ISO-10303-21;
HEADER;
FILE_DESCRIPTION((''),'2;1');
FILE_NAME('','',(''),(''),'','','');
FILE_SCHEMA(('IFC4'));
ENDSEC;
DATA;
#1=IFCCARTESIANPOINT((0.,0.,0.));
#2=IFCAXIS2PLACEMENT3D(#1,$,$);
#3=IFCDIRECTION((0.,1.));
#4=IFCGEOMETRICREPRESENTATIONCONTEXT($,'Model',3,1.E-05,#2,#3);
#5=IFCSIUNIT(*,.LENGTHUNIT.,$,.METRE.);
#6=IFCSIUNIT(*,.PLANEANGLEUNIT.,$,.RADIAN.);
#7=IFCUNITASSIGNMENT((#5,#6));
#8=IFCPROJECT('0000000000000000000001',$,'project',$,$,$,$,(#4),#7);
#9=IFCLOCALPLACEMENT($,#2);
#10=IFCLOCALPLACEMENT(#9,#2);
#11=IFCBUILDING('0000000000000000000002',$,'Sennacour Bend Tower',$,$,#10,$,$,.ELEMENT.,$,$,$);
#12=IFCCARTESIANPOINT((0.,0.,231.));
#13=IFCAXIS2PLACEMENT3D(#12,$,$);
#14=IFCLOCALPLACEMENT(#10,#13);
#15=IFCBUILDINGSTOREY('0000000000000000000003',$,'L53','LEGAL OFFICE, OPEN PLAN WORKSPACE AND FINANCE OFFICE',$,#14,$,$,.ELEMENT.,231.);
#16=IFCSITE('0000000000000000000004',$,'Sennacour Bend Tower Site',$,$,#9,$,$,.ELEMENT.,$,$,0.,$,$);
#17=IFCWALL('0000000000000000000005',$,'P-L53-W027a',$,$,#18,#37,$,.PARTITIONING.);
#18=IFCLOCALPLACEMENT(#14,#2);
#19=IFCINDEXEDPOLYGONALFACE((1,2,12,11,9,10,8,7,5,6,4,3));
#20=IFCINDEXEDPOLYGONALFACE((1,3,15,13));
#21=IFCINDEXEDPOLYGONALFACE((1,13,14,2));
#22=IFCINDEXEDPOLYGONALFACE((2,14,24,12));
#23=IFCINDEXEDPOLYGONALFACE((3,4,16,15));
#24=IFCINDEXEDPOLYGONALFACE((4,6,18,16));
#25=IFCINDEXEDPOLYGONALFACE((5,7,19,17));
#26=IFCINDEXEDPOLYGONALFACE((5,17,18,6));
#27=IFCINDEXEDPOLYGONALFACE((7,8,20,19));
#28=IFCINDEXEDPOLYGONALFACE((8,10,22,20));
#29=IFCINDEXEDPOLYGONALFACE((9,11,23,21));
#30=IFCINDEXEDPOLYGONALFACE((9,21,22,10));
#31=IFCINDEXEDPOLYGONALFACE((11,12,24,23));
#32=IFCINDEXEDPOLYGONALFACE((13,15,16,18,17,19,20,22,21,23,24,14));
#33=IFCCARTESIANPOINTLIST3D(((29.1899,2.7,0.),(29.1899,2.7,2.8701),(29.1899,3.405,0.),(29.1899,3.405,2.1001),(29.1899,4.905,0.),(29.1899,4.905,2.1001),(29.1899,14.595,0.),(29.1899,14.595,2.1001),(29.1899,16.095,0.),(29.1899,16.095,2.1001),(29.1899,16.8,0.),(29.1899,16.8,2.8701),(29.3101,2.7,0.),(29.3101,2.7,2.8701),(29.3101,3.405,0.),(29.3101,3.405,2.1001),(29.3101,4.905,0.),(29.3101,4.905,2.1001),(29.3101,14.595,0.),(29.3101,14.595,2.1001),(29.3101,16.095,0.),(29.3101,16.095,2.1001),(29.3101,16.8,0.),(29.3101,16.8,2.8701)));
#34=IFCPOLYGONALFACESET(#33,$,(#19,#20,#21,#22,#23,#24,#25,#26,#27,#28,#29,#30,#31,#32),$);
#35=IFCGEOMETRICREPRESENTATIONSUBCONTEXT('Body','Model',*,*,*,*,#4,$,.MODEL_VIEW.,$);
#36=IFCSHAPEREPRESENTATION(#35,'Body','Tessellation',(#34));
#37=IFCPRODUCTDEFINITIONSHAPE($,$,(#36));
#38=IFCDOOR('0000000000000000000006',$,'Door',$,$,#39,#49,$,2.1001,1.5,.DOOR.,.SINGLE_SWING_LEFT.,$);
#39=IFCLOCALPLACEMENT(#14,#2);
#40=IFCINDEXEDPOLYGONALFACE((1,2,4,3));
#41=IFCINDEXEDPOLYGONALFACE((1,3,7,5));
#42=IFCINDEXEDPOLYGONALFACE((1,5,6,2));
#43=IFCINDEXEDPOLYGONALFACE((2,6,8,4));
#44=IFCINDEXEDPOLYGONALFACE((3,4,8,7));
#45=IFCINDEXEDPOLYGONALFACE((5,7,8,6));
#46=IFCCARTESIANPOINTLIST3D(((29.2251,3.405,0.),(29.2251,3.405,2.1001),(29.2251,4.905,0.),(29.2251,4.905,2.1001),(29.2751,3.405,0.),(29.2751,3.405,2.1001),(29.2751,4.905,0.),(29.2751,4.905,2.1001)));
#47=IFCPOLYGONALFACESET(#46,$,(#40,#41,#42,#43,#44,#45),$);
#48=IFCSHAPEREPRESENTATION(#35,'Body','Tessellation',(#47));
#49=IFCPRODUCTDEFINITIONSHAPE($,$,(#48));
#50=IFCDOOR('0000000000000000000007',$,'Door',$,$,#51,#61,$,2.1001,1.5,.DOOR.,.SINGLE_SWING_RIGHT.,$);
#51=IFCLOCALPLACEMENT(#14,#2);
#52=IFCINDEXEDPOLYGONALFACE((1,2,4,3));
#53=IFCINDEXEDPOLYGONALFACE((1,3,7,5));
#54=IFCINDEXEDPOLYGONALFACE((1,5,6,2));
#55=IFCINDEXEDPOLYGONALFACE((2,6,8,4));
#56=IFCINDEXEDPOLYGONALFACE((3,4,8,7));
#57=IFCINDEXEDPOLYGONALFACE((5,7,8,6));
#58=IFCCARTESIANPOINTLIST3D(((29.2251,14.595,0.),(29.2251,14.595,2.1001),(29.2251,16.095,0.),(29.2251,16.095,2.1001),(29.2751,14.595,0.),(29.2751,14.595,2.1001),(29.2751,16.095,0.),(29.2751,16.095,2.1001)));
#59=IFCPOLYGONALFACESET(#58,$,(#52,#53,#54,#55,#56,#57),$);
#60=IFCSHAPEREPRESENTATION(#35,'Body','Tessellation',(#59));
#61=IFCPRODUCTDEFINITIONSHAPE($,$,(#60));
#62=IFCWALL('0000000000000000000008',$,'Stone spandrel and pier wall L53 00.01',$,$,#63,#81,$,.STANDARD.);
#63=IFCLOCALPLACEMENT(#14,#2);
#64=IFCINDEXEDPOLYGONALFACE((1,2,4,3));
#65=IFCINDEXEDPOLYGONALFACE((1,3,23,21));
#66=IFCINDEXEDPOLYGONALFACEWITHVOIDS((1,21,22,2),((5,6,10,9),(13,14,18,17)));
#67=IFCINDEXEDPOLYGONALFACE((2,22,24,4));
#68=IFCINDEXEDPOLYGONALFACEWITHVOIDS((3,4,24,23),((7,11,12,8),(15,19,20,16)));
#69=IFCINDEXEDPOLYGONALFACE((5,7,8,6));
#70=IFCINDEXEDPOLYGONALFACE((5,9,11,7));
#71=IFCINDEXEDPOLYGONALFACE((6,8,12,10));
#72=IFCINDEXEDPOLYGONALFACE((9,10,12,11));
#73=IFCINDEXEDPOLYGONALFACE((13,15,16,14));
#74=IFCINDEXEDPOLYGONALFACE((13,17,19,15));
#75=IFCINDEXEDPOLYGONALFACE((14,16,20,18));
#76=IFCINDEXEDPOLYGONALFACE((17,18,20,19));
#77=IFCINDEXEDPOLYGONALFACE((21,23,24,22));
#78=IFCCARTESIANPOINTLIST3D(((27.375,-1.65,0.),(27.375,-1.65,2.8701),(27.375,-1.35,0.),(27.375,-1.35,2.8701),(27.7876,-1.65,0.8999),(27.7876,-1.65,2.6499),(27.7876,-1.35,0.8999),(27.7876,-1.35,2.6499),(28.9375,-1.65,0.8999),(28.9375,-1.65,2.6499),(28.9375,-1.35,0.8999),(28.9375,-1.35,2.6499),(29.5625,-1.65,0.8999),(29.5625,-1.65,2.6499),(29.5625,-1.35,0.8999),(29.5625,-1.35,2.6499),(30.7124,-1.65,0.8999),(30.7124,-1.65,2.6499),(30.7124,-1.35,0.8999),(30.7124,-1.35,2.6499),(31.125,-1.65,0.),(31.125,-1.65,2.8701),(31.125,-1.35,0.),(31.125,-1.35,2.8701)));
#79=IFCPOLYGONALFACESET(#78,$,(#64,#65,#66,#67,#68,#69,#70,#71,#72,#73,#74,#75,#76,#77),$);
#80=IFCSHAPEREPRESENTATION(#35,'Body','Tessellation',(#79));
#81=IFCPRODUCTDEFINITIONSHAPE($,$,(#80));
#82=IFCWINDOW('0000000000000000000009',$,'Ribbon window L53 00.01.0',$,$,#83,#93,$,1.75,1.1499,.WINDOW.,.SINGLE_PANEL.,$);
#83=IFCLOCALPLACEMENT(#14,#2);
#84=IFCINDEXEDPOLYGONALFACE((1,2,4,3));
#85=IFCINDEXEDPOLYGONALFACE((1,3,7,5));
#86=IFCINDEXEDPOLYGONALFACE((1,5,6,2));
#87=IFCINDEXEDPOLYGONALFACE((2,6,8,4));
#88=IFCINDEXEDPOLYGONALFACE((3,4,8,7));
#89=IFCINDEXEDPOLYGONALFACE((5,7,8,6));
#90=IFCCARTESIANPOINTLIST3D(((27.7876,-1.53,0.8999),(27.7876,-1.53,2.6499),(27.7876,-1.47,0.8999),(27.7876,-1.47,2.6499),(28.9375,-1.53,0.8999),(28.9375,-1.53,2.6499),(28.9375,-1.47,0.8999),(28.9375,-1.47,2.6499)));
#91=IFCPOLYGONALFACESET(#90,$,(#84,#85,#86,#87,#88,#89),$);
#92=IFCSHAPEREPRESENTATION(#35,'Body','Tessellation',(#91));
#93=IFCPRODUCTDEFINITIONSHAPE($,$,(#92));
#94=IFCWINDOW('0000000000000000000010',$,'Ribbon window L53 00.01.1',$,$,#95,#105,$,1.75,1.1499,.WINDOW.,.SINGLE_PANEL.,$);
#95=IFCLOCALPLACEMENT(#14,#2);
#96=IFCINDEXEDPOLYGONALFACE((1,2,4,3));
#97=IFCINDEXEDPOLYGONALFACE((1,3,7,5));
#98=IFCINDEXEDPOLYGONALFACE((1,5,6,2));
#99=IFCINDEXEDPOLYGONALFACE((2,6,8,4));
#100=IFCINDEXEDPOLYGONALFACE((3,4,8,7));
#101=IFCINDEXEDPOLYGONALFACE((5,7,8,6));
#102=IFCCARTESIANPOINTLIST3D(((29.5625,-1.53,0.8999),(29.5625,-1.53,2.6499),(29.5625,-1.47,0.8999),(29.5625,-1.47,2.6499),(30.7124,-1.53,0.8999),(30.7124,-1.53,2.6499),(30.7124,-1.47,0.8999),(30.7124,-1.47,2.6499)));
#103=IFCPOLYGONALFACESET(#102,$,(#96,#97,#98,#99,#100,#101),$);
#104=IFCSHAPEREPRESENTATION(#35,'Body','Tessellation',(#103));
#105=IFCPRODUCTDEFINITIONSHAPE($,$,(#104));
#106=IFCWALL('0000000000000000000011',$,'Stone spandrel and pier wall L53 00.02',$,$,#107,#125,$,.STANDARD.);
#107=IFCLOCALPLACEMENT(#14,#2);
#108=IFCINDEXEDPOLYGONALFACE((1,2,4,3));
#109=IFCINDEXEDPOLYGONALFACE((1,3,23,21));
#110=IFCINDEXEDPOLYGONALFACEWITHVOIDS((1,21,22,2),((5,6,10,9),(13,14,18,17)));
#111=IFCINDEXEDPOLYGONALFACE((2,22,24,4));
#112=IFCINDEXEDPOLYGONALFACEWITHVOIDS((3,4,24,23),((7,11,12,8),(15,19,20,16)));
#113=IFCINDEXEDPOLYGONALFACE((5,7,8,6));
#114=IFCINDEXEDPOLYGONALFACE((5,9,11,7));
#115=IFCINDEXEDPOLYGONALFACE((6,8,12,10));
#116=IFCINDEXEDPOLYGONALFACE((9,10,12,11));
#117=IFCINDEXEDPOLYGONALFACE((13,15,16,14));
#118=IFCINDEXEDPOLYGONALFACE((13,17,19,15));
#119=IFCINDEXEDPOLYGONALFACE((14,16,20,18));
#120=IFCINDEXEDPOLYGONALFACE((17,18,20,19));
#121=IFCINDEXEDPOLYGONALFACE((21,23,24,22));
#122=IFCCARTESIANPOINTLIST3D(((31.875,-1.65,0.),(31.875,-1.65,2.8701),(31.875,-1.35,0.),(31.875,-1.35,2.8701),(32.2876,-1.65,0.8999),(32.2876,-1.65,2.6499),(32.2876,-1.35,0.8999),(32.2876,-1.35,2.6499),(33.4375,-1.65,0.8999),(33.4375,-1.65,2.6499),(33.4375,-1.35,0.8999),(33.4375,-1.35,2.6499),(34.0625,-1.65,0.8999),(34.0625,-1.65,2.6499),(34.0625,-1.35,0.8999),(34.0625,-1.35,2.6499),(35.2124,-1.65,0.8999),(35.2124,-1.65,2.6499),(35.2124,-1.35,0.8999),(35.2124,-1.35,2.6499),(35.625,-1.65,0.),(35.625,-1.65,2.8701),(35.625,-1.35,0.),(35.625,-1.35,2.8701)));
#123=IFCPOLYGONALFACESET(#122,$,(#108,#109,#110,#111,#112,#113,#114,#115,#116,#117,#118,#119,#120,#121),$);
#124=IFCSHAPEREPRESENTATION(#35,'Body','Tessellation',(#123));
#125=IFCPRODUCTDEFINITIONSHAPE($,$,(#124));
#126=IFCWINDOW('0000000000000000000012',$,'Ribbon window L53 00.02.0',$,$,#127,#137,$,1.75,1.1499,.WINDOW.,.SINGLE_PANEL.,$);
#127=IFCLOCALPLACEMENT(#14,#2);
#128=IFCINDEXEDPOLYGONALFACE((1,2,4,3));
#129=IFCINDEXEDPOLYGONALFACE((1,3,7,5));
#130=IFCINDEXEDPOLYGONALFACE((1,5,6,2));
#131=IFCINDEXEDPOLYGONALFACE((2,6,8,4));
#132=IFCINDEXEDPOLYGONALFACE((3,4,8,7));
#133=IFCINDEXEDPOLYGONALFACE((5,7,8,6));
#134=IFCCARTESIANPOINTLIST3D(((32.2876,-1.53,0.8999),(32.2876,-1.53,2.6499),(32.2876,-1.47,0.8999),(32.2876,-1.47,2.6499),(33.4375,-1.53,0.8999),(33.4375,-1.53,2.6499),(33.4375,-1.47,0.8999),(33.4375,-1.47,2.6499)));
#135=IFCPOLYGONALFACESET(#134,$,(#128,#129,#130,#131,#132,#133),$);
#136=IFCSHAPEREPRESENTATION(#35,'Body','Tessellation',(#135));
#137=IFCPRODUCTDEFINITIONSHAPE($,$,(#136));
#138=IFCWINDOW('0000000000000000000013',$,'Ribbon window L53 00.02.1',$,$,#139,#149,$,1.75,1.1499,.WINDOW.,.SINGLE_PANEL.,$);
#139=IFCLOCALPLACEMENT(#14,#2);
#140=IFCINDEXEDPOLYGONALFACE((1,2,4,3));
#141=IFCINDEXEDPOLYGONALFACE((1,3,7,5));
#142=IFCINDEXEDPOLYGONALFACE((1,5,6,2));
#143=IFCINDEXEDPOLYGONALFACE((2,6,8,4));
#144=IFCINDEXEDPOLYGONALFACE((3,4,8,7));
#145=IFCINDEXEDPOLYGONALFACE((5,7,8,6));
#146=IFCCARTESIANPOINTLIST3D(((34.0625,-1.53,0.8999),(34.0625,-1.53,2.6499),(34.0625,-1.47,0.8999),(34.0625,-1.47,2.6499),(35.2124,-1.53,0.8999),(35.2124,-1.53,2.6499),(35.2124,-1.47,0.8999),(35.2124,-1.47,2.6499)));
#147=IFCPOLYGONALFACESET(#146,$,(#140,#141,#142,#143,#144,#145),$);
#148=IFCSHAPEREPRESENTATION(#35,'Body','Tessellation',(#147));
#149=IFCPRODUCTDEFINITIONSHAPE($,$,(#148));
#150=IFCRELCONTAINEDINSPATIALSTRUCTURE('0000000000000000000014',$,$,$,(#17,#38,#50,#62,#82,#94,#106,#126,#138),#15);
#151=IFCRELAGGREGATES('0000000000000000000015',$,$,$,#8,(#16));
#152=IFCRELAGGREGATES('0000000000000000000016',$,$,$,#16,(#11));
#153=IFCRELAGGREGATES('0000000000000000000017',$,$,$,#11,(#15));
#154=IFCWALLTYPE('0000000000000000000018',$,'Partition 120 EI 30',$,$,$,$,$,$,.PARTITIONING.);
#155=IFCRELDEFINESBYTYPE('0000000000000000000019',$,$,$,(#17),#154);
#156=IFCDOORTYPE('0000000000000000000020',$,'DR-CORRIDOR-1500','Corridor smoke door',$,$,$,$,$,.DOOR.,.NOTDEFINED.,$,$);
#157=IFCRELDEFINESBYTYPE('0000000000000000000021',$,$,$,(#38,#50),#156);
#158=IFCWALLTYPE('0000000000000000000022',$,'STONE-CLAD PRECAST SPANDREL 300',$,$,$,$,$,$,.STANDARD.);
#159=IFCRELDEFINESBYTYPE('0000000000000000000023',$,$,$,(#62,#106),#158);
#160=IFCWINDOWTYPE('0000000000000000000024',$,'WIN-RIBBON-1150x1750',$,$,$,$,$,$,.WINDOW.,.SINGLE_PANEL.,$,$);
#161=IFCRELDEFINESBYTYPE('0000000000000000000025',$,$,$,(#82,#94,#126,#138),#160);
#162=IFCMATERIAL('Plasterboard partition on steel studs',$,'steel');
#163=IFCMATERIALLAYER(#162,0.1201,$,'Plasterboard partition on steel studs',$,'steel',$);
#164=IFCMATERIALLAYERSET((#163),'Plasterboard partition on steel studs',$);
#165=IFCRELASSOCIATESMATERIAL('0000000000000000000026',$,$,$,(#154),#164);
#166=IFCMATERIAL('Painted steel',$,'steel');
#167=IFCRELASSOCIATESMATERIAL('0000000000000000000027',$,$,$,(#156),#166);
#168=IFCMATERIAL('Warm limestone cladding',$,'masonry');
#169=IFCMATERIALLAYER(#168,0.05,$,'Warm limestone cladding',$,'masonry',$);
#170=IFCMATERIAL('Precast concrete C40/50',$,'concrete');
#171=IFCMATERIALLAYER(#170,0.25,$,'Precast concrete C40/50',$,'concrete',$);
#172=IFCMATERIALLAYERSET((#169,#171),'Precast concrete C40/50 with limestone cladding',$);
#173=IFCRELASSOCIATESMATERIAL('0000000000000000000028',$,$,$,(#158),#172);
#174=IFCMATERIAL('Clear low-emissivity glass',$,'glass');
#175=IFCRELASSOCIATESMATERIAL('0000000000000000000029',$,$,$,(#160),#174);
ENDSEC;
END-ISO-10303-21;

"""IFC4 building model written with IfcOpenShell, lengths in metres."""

from ifc_helpers import new_model, si_unit, direction, frame, frame_2d, origin, place, context, subcontext, project, spatial, rectangle, extrude, material, layer, layer_set, type_object, element, fill, save


model = new_model("IFC4")

# Units and contexts
model_context = context("Model", 3, precision=1e-05, world=origin(), true_north=direction((0.0, 1.0)))
body_context = subcontext(model_context, "Body", "Model", "MODEL_VIEW")
ifc_project = project(units=[si_unit("LENGTHUNIT", "METRE"), si_unit("PLANEANGLEUNIT", "RADIAN")], contexts=[model_context])

# Site, building, storey
site_placement = place(None, origin())
site = spatial("IfcSite", under=ifc_project, at=site_placement, Name="Sennacour Bend Tower Site", CompositionType="ELEMENT", RefElevation=0.0)
building_placement = place(site_placement, origin())
building = spatial("IfcBuilding", under=site, at=building_placement, Name="Sennacour Bend Tower", CompositionType="ELEMENT")
storey_placement = place(building_placement, frame((0.0, 0.0, 231.0)))
storey = spatial("IfcBuildingStorey", under=building, at=storey_placement, Name="L53", Description="LEGAL OFFICE, OPEN PLAN WORKSPACE AND FINANCE OFFICE", CompositionType="ELEMENT", Elevation=231.0)

# Shared definitions
ifc_material_1 = material(Name="Plasterboard partition on steel studs", Category="steel")

# Wall, openings, doors
ifc_layer_1 = layer(ifc_material_1, 0.1201, Name="Plasterboard partition on steel studs", Category="steel")
ifc_layer_set_1 = layer_set([ifc_layer_1], Name="Plasterboard partition on steel studs")
wall_type_1 = type_object("IfcWallType", Name="Partition 120 EI 30", PredefinedType="PARTITIONING", material=ifc_layer_set_1)
wall_1_placement = place(storey_placement, frame((29.25, 2.7, 0.0), z_axis=(0.0, 0.0, 1.0), x_axis=(0.0, 1.0, 0.0)))
wall_1 = element("IfcWall", 1, at=wall_1_placement, inside=storey, type_object=wall_type_1, Name="P-L53-W027a", PredefinedType="PARTITIONING", context=body_context, shape_type="SweptSolid", body=[
    extrude(rectangle(XDim=14.1001, YDim=0.1201, at=frame_2d((7.05, 0.0))), origin(), (0.0, 0.0, 1.0), 2.8701),
])
opening_1_placement = place(wall_1_placement, frame((0.7051, 0.0, 0.0)))
opening_1 = element("IfcOpeningElement", 2, at=opening_1_placement, cuts=wall_1, PredefinedType="OPENING", context=body_context, shape_type="SweptSolid", body=[
    extrude(rectangle(XDim=1.5, YDim=2.1001, at=frame_2d((0.75, 1.05))), frame((0.0, 0.0701, 0.0), z_axis=(0.0, -1.0, 0.0), x_axis=(1.0, 0.0, 0.0)), (0.0, 0.0, 1.0), 0.1401),
])
opening_2_placement = place(wall_1_placement, frame((11.895, 0.0, 0.0)))
opening_2 = element("IfcOpeningElement", 3, at=opening_2_placement, cuts=wall_1, PredefinedType="OPENING", context=body_context, shape_type="SweptSolid", body=[
    extrude(rectangle(XDim=1.5, YDim=2.1001, at=frame_2d((0.75, 1.05))), frame((0.0, 0.0701, 0.0), z_axis=(0.0, -1.0, 0.0), x_axis=(1.0, 0.0, 0.0)), (0.0, 0.0, 1.0), 0.1401),
])
ifc_material_2 = material(Name="Painted steel", Category="steel")
door_type_1 = type_object("IfcDoorType", Name="DR-CORRIDOR-1500", Description="Corridor smoke door", OperationType="NOTDEFINED", PredefinedType="DOOR", material=ifc_material_2)
door_1_placement = place(opening_1_placement, origin())
door_1 = element("IfcDoor", 4, at=door_1_placement, inside=storey, type_object=door_type_1, Name="Door", OperationType="SINGLE_SWING_LEFT", OverallHeight=2.1001, OverallWidth=1.5, PredefinedType="DOOR", context=body_context, shape_type="SweptSolid", body=[
    extrude(rectangle(XDim=1.5, YDim=2.1001, at=frame_2d((0.75, 1.05))), frame((0.0, 0.0249, 0.0), z_axis=(0.0, -1.0, 0.0), x_axis=(1.0, 0.0, 0.0)), (0.0, 0.0, 1.0), 0.05),
])
fill(opening_1, door_1)
door_2_placement = place(opening_2_placement, origin())
door_2 = element("IfcDoor", 5, at=door_2_placement, inside=storey, type_object=door_type_1, Name="Door", OperationType="SINGLE_SWING_RIGHT", OverallHeight=2.1001, OverallWidth=1.5, PredefinedType="DOOR", context=body_context, shape_type="SweptSolid", body=[
    extrude(rectangle(XDim=1.5, YDim=2.1001, at=frame_2d((0.75, 1.05))), frame((0.0, 0.0249, 0.0), z_axis=(0.0, -1.0, 0.0), x_axis=(1.0, 0.0, 0.0)), (0.0, 0.0, 1.0), 0.05),
])
fill(opening_2, door_2)

# Walls, openings, windows
ifc_material_3 = material(Name="Warm limestone cladding", Category="masonry")
ifc_layer_2 = layer(ifc_material_3, 0.05, Name="Warm limestone cladding", Category="masonry")
ifc_material_4 = material(Name="Precast concrete C40/50", Category="concrete")
ifc_layer_3 = layer(ifc_material_4, 0.25, Name="Precast concrete C40/50", Category="concrete")
ifc_layer_set_2 = layer_set([ifc_layer_2, ifc_layer_3], Name="Precast concrete C40/50 with limestone cladding")
wall_type_2 = type_object("IfcWallType", Name="STONE-CLAD PRECAST SPANDREL 300", PredefinedType="STANDARD", material=ifc_layer_set_2)
wall_2_placement = place(storey_placement, frame((27.375, -1.5, 0.0), z_axis=(0.0, 0.0, 1.0), x_axis=(1.0, 0.0, 0.0)))
wall_2 = element("IfcWall", 6, at=wall_2_placement, inside=storey, type_object=wall_type_2, Name="Stone spandrel and pier wall L53 00.01", PredefinedType="STANDARD", context=body_context, shape_type="SweptSolid", body=[
    extrude(rectangle(XDim=3.75, YDim=0.3, at=frame_2d((1.875, 0.0))), origin(), (0.0, 0.0, 1.0), 2.8701),
])
opening_3_placement = place(wall_2_placement, frame((0.4126, 0.0, 0.8999)))
opening_3 = element("IfcOpeningElement", 7, at=opening_3_placement, cuts=wall_2, PredefinedType="OPENING", context=body_context, shape_type="SweptSolid", body=[
    extrude(rectangle(XDim=1.1499, YDim=1.75, at=frame_2d((0.575, 0.875))), frame((0.0, 0.1602, 0.0), z_axis=(0.0, -1.0, 0.0), x_axis=(1.0, 0.0, 0.0)), (0.0, 0.0, 1.0), 0.3201),
])
opening_4_placement = place(wall_2_placement, frame((2.1875, 0.0, 0.8999)))
opening_4 = element("IfcOpeningElement", 8, at=opening_4_placement, cuts=wall_2, PredefinedType="OPENING", context=body_context, shape_type="SweptSolid", body=[
    extrude(rectangle(XDim=1.1499, YDim=1.75, at=frame_2d((0.575, 0.875))), frame((0.0, 0.1602, 0.0), z_axis=(0.0, -1.0, 0.0), x_axis=(1.0, 0.0, 0.0)), (0.0, 0.0, 1.0), 0.3201),
])
ifc_material_5 = material(Name="Clear low-emissivity glass", Category="glass")
window_type = type_object("IfcWindowType", Name="WIN-RIBBON-1150x1750", PartitioningType="SINGLE_PANEL", PredefinedType="WINDOW", material=ifc_material_5)
window_1_placement = place(opening_3_placement, origin())
window_1 = element("IfcWindow", 9, at=window_1_placement, inside=storey, type_object=window_type, Name="Ribbon window L53 00.01.0", OverallHeight=1.75, OverallWidth=1.1499, PartitioningType="SINGLE_PANEL", PredefinedType="WINDOW", context=body_context, shape_type="SweptSolid", body=[
    extrude(rectangle(XDim=1.1499, YDim=1.75, at=frame_2d((0.575, 0.875))), frame((0.0, 0.03, 0.0), z_axis=(0.0, -1.0, 0.0), x_axis=(1.0, 0.0, 0.0)), (0.0, 0.0, 1.0), 0.0601),
])
fill(opening_3, window_1)
window_2_placement = place(opening_4_placement, origin())
window_2 = element("IfcWindow", 10, at=window_2_placement, inside=storey, type_object=window_type, Name="Ribbon window L53 00.01.1", OverallHeight=1.75, OverallWidth=1.1499, PartitioningType="SINGLE_PANEL", PredefinedType="WINDOW", context=body_context, shape_type="SweptSolid", body=[
    extrude(rectangle(XDim=1.1499, YDim=1.75, at=frame_2d((0.575, 0.875))), frame((0.0, 0.03, 0.0), z_axis=(0.0, -1.0, 0.0), x_axis=(1.0, 0.0, 0.0)), (0.0, 0.0, 1.0), 0.0601),
])
fill(opening_4, window_2)
wall_3_placement = place(storey_placement, frame((31.875, -1.5, 0.0), z_axis=(0.0, 0.0, 1.0), x_axis=(1.0, 0.0, 0.0)))
wall_3 = element("IfcWall", 11, at=wall_3_placement, inside=storey, type_object=wall_type_2, Name="Stone spandrel and pier wall L53 00.02", PredefinedType="STANDARD", context=body_context, shape_type="SweptSolid", body=[
    extrude(rectangle(XDim=3.75, YDim=0.3, at=frame_2d((1.875, 0.0))), origin(), (0.0, 0.0, 1.0), 2.8701),
])
opening_5_placement = place(wall_3_placement, frame((0.4126, 0.0, 0.8999)))
opening_5 = element("IfcOpeningElement", 12, at=opening_5_placement, cuts=wall_3, PredefinedType="OPENING", context=body_context, shape_type="SweptSolid", body=[
    extrude(rectangle(XDim=1.1499, YDim=1.75, at=frame_2d((0.575, 0.875))), frame((0.0, 0.1602, 0.0), z_axis=(0.0, -1.0, 0.0), x_axis=(1.0, 0.0, 0.0)), (0.0, 0.0, 1.0), 0.3201),
])
opening_6_placement = place(wall_3_placement, frame((2.1875, 0.0, 0.8999)))
opening_6 = element("IfcOpeningElement", 13, at=opening_6_placement, cuts=wall_3, PredefinedType="OPENING", context=body_context, shape_type="SweptSolid", body=[
    extrude(rectangle(XDim=1.1499, YDim=1.75, at=frame_2d((0.575, 0.875))), frame((0.0, 0.1602, 0.0), z_axis=(0.0, -1.0, 0.0), x_axis=(1.0, 0.0, 0.0)), (0.0, 0.0, 1.0), 0.3201),
])
window_3_placement = place(opening_5_placement, origin())
window_3 = element("IfcWindow", 14, at=window_3_placement, inside=storey, type_object=window_type, Name="Ribbon window L53 00.02.0", OverallHeight=1.75, OverallWidth=1.1499, PartitioningType="SINGLE_PANEL", PredefinedType="WINDOW", context=body_context, shape_type="SweptSolid", body=[
    extrude(rectangle(XDim=1.1499, YDim=1.75, at=frame_2d((0.575, 0.875))), frame((0.0, 0.03, 0.0), z_axis=(0.0, -1.0, 0.0), x_axis=(1.0, 0.0, 0.0)), (0.0, 0.0, 1.0), 0.0601),
])
fill(opening_5, window_3)
window_4_placement = place(opening_6_placement, origin())
window_4 = element("IfcWindow", 15, at=window_4_placement, inside=storey, type_object=window_type, Name="Ribbon window L53 00.02.1", OverallHeight=1.75, OverallWidth=1.1499, PartitioningType="SINGLE_PANEL", PredefinedType="WINDOW", context=body_context, shape_type="SweptSolid", body=[
    extrude(rectangle(XDim=1.1499, YDim=1.75, at=frame_2d((0.575, 0.875))), frame((0.0, 0.03, 0.0), z_axis=(0.0, -1.0, 0.0), x_axis=(1.0, 0.0, 0.0)), (0.0, 0.0, 1.0), 0.0601),
])
fill(opening_6, window_4)

save(model, "model.ifc")
